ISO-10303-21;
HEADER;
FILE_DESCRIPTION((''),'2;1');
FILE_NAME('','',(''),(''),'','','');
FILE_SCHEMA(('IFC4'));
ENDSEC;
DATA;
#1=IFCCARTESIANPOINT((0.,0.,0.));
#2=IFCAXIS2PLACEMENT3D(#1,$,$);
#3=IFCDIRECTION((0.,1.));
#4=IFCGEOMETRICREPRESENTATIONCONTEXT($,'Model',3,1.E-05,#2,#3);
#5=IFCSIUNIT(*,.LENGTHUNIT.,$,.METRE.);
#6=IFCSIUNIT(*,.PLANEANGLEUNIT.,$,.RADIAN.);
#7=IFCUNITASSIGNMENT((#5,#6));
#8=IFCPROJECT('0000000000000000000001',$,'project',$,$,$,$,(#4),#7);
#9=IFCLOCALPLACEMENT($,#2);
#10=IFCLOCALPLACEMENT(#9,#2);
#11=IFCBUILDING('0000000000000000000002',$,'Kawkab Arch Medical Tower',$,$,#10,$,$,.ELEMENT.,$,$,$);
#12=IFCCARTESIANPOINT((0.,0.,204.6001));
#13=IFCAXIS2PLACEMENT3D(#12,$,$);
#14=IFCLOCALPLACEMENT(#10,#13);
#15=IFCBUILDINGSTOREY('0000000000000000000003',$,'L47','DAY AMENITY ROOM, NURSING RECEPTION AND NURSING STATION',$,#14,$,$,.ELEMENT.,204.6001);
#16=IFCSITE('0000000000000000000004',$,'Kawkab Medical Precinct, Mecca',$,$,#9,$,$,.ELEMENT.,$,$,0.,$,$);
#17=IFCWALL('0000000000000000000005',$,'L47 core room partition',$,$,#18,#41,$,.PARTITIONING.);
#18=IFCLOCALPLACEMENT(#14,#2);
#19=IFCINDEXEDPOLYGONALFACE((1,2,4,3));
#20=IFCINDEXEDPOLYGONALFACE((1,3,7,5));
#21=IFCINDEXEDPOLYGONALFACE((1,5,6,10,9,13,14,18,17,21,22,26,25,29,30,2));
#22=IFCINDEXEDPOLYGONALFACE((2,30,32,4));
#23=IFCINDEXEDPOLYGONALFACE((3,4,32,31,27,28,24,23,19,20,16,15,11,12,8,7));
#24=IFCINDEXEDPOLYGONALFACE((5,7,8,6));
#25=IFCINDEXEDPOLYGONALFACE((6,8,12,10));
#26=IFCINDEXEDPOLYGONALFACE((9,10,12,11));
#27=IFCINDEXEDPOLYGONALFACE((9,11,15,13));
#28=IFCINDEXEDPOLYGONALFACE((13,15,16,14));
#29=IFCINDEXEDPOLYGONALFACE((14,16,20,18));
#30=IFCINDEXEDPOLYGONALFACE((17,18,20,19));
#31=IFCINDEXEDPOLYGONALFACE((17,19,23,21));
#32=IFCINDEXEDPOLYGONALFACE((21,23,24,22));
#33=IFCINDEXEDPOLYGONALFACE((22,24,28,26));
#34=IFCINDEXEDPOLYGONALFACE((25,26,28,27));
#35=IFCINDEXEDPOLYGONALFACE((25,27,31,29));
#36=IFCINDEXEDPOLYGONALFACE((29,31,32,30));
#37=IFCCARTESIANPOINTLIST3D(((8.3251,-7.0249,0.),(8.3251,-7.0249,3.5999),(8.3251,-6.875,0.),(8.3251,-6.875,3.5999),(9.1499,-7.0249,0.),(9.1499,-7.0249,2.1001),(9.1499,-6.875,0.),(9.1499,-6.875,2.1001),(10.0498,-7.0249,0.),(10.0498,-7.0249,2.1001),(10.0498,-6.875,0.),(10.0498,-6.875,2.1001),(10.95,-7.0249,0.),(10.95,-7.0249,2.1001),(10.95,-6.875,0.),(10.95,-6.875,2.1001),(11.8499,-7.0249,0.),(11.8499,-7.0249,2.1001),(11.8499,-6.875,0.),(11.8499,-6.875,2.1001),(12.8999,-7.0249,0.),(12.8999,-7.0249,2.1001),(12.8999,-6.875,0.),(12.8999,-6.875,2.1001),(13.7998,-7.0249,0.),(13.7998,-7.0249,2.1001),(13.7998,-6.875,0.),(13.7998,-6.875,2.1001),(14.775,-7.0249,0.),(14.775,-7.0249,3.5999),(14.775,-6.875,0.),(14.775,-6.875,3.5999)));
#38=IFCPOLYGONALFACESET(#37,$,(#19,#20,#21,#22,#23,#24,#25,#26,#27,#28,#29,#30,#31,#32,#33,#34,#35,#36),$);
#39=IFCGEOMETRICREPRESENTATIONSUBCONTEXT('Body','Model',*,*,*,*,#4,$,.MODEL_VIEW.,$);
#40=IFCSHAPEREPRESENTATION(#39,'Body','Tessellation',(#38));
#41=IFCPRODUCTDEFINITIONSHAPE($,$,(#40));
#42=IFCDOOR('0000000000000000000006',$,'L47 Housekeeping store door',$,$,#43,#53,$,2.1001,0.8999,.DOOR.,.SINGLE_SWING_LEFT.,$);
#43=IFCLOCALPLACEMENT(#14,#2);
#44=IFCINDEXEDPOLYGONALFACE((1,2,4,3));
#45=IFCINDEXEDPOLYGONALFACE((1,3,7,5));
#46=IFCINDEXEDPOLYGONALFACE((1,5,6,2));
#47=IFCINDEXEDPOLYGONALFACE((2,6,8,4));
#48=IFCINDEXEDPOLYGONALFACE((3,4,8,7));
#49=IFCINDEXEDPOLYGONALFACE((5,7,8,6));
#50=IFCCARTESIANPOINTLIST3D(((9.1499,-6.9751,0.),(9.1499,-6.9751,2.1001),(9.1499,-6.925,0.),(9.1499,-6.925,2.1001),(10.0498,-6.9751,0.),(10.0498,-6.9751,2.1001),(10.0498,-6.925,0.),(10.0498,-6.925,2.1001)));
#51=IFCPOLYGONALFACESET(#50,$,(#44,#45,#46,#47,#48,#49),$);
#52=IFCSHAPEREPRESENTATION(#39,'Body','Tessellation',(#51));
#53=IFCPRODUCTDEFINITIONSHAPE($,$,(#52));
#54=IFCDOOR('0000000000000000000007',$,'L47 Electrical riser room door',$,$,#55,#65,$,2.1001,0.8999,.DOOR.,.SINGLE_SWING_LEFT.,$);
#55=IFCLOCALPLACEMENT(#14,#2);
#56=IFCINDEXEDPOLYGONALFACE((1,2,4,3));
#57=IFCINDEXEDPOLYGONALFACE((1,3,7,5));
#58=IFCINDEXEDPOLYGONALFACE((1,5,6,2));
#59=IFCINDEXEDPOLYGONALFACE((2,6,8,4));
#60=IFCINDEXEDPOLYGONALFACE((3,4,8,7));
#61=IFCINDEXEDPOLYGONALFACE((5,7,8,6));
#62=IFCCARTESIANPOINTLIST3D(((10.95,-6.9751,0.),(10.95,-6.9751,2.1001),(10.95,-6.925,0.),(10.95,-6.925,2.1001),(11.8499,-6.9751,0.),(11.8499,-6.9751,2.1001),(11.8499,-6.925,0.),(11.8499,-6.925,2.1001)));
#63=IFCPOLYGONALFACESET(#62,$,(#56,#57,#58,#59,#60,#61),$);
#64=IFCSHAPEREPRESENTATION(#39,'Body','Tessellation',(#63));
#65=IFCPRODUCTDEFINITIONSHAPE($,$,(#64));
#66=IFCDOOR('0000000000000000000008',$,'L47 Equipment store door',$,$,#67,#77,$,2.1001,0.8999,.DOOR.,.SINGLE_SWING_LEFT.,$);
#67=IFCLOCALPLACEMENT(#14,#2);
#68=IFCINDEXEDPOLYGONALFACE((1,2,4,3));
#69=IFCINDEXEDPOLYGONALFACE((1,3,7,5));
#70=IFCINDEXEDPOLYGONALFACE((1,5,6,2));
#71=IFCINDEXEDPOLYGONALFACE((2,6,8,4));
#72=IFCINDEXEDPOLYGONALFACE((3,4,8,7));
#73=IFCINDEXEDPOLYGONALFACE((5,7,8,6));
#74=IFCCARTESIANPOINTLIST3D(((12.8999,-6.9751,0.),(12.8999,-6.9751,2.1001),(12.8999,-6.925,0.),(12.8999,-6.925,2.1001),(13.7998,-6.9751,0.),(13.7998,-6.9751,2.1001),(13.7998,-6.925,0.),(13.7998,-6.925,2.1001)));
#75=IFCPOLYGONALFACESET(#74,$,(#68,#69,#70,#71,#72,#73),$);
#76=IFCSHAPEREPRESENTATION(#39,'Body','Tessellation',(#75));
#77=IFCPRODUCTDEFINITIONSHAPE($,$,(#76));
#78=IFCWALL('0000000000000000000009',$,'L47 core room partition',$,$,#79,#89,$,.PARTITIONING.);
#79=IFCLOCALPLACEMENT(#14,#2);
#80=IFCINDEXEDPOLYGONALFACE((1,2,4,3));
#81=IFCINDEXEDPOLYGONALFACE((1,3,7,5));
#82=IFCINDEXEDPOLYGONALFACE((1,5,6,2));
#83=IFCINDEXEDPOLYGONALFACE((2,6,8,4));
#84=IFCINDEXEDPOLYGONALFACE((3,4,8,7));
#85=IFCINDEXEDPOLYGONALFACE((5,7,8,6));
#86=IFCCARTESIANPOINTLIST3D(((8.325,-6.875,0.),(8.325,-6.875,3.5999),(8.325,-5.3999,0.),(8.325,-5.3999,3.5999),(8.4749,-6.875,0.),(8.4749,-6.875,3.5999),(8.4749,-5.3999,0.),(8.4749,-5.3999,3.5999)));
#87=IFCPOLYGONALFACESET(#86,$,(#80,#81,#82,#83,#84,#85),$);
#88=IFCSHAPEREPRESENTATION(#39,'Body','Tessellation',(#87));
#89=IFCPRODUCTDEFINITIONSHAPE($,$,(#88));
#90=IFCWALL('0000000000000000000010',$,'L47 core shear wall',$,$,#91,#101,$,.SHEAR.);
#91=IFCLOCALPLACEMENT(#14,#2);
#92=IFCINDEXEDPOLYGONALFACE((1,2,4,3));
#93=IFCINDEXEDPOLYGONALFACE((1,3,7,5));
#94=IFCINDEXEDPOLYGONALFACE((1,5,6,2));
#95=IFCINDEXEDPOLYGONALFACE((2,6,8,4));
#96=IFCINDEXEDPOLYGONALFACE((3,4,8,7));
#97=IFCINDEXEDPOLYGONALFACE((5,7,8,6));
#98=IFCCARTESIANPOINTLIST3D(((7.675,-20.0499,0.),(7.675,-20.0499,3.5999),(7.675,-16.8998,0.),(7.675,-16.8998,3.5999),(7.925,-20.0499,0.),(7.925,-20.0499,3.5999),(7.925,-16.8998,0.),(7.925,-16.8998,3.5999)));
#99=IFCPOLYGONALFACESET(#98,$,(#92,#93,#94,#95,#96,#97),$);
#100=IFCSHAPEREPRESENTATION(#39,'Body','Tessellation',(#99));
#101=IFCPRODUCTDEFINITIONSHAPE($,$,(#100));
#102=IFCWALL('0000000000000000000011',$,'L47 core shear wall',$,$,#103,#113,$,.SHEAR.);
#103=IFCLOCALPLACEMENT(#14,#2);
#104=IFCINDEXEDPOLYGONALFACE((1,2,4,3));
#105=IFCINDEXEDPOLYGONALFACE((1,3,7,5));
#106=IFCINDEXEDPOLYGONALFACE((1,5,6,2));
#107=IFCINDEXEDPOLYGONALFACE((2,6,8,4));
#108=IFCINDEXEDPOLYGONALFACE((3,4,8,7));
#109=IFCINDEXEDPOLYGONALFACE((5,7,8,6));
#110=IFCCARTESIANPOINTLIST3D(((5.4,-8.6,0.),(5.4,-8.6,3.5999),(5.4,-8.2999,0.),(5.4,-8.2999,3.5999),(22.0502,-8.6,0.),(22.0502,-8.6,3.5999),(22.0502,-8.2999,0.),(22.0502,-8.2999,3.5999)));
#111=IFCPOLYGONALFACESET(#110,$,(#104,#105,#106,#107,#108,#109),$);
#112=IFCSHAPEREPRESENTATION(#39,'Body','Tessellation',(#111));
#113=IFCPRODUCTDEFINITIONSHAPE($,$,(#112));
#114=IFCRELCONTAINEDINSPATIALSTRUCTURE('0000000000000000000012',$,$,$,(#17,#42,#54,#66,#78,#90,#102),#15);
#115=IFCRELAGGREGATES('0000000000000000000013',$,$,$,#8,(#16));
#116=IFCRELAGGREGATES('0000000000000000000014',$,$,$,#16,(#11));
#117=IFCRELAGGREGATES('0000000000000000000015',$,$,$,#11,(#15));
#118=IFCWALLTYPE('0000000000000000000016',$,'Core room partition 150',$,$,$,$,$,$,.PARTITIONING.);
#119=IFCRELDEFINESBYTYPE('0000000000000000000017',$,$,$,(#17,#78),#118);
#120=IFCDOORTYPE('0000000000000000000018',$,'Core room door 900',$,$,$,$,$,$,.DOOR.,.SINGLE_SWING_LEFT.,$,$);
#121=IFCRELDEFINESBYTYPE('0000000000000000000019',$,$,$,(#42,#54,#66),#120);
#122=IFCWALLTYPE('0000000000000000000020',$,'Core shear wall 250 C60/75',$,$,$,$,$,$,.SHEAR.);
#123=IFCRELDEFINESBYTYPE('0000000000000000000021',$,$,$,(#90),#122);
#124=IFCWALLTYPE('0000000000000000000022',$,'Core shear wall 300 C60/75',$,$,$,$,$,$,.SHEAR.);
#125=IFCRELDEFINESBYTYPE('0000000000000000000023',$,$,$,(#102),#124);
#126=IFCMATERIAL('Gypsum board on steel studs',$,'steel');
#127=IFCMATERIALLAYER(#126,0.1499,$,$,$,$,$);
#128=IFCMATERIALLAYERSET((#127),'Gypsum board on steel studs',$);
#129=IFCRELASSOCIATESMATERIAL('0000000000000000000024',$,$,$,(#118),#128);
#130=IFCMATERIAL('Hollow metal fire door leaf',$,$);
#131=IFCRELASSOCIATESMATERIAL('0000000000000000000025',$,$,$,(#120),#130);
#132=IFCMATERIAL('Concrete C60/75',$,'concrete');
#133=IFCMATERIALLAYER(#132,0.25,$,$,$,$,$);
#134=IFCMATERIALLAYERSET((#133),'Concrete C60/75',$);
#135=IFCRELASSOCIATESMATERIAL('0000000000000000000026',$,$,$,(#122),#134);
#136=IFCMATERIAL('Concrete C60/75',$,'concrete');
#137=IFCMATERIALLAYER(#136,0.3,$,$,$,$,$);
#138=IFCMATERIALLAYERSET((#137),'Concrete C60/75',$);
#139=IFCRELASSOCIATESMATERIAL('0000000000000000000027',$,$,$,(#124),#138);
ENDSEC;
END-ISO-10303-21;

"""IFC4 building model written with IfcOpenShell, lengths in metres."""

from ifc_helpers import new_model, si_unit, direction, frame, frame_2d, origin, place, context, subcontext, project, spatial, rectangle, extrude, material, layer, layer_set, type_object, element, fill, save


model = new_model("IFC4")

# Units and contexts
model_context = context("Model", 3, precision=1e-05, world=origin(), true_north=direction((0.0, 1.0)))
body_context = subcontext(model_context, "Body", "Model", "MODEL_VIEW")
ifc_project = project(units=[si_unit("LENGTHUNIT", "METRE"), si_unit("PLANEANGLEUNIT", "RADIAN")], contexts=[model_context])

# Site, building, storey
site_placement = place(None, origin())
site = spatial("IfcSite", under=ifc_project, at=site_placement, Name="Kawkab Medical Precinct, Mecca", CompositionType="ELEMENT", RefElevation=0.0)
building_placement = place(site_placement, origin())
building = spatial("IfcBuilding", under=site, at=building_placement, Name="Kawkab Arch Medical Tower", CompositionType="ELEMENT")
storey_placement = place(building_placement, frame((0.0, 0.0, 204.6001)))
storey = spatial("IfcBuildingStorey", under=building, at=storey_placement, Name="L47", Description="DAY AMENITY ROOM, NURSING RECEPTION AND NURSING STATION", CompositionType="ELEMENT", Elevation=204.6001)

# Wall, openings, doors
ifc_material_1 = material(Name="Gypsum board on steel studs", Category="steel")
ifc_layer_1 = layer(ifc_material_1, 0.1499)
ifc_layer_set_1 = layer_set([ifc_layer_1], Name="Gypsum board on steel studs")
wall_type_1 = type_object("IfcWallType", Name="Core room partition 150", PredefinedType="PARTITIONING", material=ifc_layer_set_1)
wall_1_placement = place(storey_placement, frame((8.325, -6.95, 0.0), z_axis=(0.0, 0.0, 1.0), x_axis=(1.0, 0.0, 0.0)))
wall_1 = element("IfcWall", 1, at=wall_1_placement, inside=storey, type_object=wall_type_1, Name="L47 core room partition", PredefinedType="PARTITIONING", context=body_context, shape_type="SweptSolid", body=[
    extrude(rectangle(XDim=6.45, YDim=0.1499, at=frame_2d((3.2251, 0.0))), origin(), (0.0, 0.0, 1.0), 3.5999),
])
opening_1_placement = place(wall_1_placement, frame((0.825, 0.0, 0.0)))
opening_1 = element("IfcOpeningElement", 2, at=opening_1_placement, cuts=wall_1, PredefinedType="OPENING", context=body_context, shape_type="SweptSolid", body=[
    extrude(rectangle(XDim=0.8999, YDim=2.1001, at=frame_2d((0.45, 1.05))), frame((0.0, 0.085, 0.0), z_axis=(0.0, -1.0, 0.0), x_axis=(1.0, 0.0, 0.0)), (0.0, 0.0, 1.0), 0.1699),
])
opening_2_placement = place(wall_1_placement, frame((2.625, 0.0, 0.0)))
opening_2 = element("IfcOpeningElement", 3, at=opening_2_placement, cuts=wall_1, PredefinedType="OPENING", context=body_context, shape_type="SweptSolid", body=[
    extrude(rectangle(XDim=0.8999, YDim=2.1001, at=frame_2d((0.45, 1.05))), frame((0.0, 0.085, 0.0), z_axis=(0.0, -1.0, 0.0), x_axis=(1.0, 0.0, 0.0)), (0.0, 0.0, 1.0), 0.1699),
])
opening_3_placement = place(wall_1_placement, frame((4.575, 0.0, 0.0)))
opening_3 = element("IfcOpeningElement", 4, at=opening_3_placement, cuts=wall_1, PredefinedType="OPENING", context=body_context, shape_type="SweptSolid", body=[
    extrude(rectangle(XDim=0.8999, YDim=2.1001, at=frame_2d((0.45, 1.05))), frame((0.0, 0.085, 0.0), z_axis=(0.0, -1.0, 0.0), x_axis=(1.0, 0.0, 0.0)), (0.0, 0.0, 1.0), 0.1699),
])
ifc_material_2 = material(Name="Hollow metal fire door leaf")
door_type_1 = type_object("IfcDoorType", Name="Core room door 900", OperationType="SINGLE_SWING_LEFT", PredefinedType="DOOR", material=ifc_material_2)
door_1_placement = place(opening_1_placement, origin())
door_1 = element("IfcDoor", 5, at=door_1_placement, inside=storey, type_object=door_type_1, Name="L47 Housekeeping store door", OperationType="SINGLE_SWING_LEFT", OverallHeight=2.1001, OverallWidth=0.8999, PredefinedType="DOOR", context=body_context, shape_type="SweptSolid", body=[
    extrude(rectangle(XDim=0.8999, YDim=2.1001, at=frame_2d((0.45, 1.05))), frame((0.0, 0.0249, 0.0), z_axis=(0.0, -1.0, 0.0), x_axis=(1.0, 0.0, 0.0)), (0.0, 0.0, 1.0), 0.05),
])
fill(opening_1, door_1)
door_2_placement = place(opening_2_placement, origin())
door_2 = element("IfcDoor", 6, at=door_2_placement, inside=storey, type_object=door_type_1, Name="L47 Electrical riser room door", OperationType="SINGLE_SWING_LEFT", OverallHeight=2.1001, OverallWidth=0.8999, PredefinedType="DOOR", context=body_context, shape_type="SweptSolid", body=[
    extrude(rectangle(XDim=0.8999, YDim=2.1001, at=frame_2d((0.45, 1.05))), frame((0.0, 0.0249, 0.0), z_axis=(0.0, -1.0, 0.0), x_axis=(1.0, 0.0, 0.0)), (0.0, 0.0, 1.0), 0.05),
])
fill(opening_2, door_2)
door_3_placement = place(opening_3_placement, origin())
door_3 = element("IfcDoor", 7, at=door_3_placement, inside=storey, type_object=door_type_1, Name="L47 Equipment store door", OperationType="SINGLE_SWING_LEFT", OverallHeight=2.1001, OverallWidth=0.8999, PredefinedType="DOOR", context=body_context, shape_type="SweptSolid", body=[
    extrude(rectangle(XDim=0.8999, YDim=2.1001, at=frame_2d((0.45, 1.05))), frame((0.0, 0.0249, 0.0), z_axis=(0.0, -1.0, 0.0), x_axis=(1.0, 0.0, 0.0)), (0.0, 0.0, 1.0), 0.05),
])
fill(opening_3, door_3)

# Walls
wall_2_placement = place(storey_placement, frame((8.3999, -6.875, 0.0), z_axis=(0.0, 0.0, 1.0), x_axis=(0.0, 1.0, 0.0)))
element("IfcWall", 8, at=wall_2_placement, inside=storey, type_object=wall_type_1, Name="L47 core room partition", PredefinedType="PARTITIONING", context=body_context, shape_type="SweptSolid", body=[
    extrude(rectangle(XDim=1.4751, YDim=0.1499, at=frame_2d((0.7375, 0.0))), origin(), (0.0, 0.0, 1.0), 3.5999),
])
ifc_material_3 = material(Name="Concrete C60/75", Category="concrete")
ifc_layer_2 = layer(ifc_material_3, 0.25)
ifc_layer_set_2 = layer_set([ifc_layer_2], Name="Concrete C60/75")
wall_type_2 = type_object("IfcWallType", Name="Core shear wall 250 C60/75", PredefinedType="SHEAR", material=ifc_layer_set_2)
wall_3_placement = place(storey_placement, frame((7.8, -20.05, 0.0), z_axis=(0.0, 0.0, 1.0), x_axis=(0.0, 1.0, 0.0)))
element("IfcWall", 9, at=wall_3_placement, inside=storey, type_object=wall_type_2, Name="L47 core shear wall", PredefinedType="SHEAR", context=body_context, shape_type="SweptSolid", body=[
    extrude(rectangle(XDim=3.1501, YDim=0.25, at=frame_2d((1.5752, 0.0))), origin(), (0.0, 0.0, 1.0), 3.5999),
])
ifc_material_4 = material(Name="Concrete C60/75", Category="concrete")
ifc_layer_3 = layer(ifc_material_4, 0.3)
ifc_layer_set_3 = layer_set([ifc_layer_3], Name="Concrete C60/75")
wall_type_3 = type_object("IfcWallType", Name="Core shear wall 300 C60/75", PredefinedType="SHEAR", material=ifc_layer_set_3)
wall_4_placement = place(storey_placement, frame((5.3999, -8.45, 0.0), z_axis=(0.0, 0.0, 1.0), x_axis=(1.0, 0.0, 0.0)))
element("IfcWall", 10, at=wall_4_placement, inside=storey, type_object=wall_type_3, Name="L47 core shear wall", PredefinedType="SHEAR", context=body_context, shape_type="SweptSolid", body=[
    extrude(rectangle(XDim=16.6501, YDim=0.3, at=frame_2d((8.3252, 0.0))), origin(), (0.0, 0.0, 1.0), 3.5999),
])

save(model, "model.ifc")
